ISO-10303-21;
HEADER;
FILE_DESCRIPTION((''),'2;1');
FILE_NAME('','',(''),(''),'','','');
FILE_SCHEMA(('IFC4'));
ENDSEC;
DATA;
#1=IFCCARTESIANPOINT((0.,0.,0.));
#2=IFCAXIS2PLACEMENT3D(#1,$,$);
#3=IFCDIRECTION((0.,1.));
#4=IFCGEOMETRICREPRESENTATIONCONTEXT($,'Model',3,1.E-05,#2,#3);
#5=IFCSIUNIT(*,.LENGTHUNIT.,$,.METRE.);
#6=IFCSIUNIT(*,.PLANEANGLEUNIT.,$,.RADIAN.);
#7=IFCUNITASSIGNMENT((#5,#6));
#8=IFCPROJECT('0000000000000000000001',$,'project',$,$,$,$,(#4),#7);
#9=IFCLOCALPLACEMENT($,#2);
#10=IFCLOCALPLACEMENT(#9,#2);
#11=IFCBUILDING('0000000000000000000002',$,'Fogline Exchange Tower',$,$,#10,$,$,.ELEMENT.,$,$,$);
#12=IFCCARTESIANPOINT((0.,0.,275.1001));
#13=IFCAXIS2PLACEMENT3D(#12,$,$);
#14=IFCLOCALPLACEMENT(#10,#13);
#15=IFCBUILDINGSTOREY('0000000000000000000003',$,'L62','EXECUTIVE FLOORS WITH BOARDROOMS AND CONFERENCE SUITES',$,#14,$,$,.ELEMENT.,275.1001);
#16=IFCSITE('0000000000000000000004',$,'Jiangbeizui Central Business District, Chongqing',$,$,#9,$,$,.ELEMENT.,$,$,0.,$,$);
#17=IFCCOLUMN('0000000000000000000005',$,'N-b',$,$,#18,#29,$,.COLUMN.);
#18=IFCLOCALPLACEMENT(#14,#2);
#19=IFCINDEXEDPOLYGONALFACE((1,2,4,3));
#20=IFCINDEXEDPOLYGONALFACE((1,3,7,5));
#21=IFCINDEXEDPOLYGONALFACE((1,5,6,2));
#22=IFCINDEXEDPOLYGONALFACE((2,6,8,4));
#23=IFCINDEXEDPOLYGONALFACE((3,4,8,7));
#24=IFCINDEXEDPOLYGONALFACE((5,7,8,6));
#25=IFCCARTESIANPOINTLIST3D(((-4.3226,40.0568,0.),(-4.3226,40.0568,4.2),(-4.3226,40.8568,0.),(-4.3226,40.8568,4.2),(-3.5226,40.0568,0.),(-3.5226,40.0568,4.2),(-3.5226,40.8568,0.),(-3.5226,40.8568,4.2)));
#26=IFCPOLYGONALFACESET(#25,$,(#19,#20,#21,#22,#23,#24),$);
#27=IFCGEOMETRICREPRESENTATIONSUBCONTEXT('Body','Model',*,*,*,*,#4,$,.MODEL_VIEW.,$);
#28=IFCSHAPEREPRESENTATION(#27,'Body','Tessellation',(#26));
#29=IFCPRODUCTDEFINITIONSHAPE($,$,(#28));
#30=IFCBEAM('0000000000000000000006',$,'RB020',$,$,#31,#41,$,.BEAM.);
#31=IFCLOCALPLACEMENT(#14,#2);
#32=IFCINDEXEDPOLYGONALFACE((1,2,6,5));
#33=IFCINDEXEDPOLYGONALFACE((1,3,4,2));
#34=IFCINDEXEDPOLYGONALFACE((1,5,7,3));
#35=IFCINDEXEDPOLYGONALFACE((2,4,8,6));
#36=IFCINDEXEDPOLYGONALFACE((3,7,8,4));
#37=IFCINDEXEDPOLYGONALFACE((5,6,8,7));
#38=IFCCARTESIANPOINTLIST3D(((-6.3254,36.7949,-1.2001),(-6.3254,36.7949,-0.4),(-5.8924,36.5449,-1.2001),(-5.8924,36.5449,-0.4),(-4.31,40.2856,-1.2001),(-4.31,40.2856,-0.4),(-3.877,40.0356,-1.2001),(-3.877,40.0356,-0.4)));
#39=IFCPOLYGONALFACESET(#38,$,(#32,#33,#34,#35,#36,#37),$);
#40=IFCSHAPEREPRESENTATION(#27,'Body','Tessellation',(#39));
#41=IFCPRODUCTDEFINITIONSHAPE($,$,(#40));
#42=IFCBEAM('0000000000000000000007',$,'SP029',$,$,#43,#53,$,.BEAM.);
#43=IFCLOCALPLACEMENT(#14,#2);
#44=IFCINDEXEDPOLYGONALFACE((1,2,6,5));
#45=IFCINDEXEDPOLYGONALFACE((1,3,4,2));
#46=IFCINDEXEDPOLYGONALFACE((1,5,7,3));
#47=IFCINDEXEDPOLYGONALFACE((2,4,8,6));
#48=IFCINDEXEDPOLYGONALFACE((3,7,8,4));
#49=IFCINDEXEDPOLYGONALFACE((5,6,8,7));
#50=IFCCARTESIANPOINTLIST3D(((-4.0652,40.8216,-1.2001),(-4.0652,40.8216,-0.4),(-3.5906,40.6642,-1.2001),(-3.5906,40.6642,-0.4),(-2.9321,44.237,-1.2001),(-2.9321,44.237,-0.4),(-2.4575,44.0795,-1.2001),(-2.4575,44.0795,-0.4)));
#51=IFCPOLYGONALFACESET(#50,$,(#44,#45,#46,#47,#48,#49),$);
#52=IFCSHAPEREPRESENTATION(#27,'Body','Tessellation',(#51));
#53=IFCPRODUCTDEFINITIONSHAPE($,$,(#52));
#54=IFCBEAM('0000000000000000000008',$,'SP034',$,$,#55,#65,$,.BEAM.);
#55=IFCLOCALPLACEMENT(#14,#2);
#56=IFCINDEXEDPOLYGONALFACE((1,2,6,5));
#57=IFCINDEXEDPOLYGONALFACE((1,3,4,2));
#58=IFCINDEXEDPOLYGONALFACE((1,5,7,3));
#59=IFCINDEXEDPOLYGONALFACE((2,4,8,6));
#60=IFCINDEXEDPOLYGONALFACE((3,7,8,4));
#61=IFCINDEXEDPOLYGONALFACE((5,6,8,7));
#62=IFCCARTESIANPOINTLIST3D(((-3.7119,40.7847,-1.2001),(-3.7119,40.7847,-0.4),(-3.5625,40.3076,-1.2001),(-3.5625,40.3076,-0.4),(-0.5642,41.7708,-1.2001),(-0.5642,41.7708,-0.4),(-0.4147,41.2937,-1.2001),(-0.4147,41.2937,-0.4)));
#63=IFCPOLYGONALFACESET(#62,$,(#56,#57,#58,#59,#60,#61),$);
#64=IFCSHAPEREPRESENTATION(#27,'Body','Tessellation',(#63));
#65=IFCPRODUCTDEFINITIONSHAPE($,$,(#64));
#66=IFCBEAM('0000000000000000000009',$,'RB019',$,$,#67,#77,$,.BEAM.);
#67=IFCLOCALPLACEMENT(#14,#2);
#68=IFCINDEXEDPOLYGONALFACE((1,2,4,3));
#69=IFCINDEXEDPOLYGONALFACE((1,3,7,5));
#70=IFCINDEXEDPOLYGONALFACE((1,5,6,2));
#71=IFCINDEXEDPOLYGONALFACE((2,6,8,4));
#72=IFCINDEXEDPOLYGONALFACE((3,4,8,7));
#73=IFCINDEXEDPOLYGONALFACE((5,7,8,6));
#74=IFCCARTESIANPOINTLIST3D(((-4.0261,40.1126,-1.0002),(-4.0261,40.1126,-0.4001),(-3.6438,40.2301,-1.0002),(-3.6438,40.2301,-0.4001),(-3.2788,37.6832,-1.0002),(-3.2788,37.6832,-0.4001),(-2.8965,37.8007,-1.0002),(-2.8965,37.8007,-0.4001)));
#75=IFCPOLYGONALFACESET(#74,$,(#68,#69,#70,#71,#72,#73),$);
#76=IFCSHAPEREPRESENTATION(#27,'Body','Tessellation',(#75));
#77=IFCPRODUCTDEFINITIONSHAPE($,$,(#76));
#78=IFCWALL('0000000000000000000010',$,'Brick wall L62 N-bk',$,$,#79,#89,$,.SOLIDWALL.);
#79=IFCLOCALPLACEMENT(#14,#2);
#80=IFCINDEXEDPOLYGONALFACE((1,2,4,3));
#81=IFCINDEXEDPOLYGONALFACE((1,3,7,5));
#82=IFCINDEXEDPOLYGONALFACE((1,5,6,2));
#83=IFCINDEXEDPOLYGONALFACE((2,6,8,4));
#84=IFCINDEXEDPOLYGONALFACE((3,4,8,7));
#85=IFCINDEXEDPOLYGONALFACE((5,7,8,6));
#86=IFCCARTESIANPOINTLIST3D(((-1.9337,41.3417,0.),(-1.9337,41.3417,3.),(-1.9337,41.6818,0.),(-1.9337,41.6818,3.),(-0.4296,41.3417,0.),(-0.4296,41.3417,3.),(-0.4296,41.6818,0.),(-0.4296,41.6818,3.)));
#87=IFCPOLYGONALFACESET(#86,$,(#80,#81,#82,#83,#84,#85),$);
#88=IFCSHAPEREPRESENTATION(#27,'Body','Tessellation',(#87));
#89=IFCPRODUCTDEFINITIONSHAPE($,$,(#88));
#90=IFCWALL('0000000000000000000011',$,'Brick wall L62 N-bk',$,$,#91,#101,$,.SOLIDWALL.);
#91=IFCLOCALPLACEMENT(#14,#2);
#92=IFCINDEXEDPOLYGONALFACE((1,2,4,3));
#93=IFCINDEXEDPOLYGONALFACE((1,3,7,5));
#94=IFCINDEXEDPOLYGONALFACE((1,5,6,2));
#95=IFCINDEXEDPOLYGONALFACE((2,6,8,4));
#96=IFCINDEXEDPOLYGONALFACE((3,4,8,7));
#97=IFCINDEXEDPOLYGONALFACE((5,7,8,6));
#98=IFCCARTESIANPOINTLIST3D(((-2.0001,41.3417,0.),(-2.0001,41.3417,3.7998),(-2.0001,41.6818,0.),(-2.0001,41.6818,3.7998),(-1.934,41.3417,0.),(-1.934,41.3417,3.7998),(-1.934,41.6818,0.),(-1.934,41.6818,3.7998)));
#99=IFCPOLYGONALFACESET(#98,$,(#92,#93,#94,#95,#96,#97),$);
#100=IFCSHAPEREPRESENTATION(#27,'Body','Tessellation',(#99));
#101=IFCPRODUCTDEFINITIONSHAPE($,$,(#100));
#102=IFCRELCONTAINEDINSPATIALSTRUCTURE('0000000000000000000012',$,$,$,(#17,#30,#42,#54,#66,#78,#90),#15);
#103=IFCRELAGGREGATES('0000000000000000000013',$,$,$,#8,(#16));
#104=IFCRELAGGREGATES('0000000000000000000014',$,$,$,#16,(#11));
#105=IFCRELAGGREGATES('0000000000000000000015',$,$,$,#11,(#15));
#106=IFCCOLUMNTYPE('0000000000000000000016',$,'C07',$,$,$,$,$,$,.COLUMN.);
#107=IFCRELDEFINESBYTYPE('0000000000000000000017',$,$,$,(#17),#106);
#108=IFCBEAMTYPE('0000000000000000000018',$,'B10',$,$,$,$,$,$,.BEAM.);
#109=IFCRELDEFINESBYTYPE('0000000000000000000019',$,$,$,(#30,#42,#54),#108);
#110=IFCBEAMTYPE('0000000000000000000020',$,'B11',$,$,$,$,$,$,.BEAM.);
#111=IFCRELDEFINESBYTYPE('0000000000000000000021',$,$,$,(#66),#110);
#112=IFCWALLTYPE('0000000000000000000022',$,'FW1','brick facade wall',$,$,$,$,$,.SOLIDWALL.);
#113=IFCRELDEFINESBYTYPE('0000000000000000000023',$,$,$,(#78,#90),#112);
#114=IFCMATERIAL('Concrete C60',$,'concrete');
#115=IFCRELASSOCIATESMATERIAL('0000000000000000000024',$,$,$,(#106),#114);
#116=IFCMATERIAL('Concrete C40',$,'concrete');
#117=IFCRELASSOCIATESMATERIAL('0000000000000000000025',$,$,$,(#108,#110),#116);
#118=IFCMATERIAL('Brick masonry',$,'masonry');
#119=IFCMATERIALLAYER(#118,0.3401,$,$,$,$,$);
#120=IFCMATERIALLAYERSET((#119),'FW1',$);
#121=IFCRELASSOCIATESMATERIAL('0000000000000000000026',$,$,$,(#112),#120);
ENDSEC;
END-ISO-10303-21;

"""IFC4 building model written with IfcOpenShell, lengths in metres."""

from ifc_helpers import new_model, si_unit, direction, frame, frame_2d, origin, origin_2d, place, context, subcontext, project, spatial, rectangle, extrude, material, layer, layer_set, material_profile, profile_set, type_object, element, save


model = new_model("IFC4")

# Units and contexts
model_context = context("Model", 3, precision=1e-05, world=origin(), true_north=direction((0.0, 1.0)))
body_context = subcontext(model_context, "Body", "Model", "MODEL_VIEW")
ifc_project = project(units=[si_unit("LENGTHUNIT", "METRE"), si_unit("PLANEANGLEUNIT", "RADIAN")], contexts=[model_context])

# Site, building, storey
site_placement = place(None, origin())
site = spatial("IfcSite", under=ifc_project, at=site_placement, Name="Jiangbeizui Central Business District, Chongqing", CompositionType="ELEMENT", RefElevation=0.0)
building_placement = place(site_placement, origin())
building = spatial("IfcBuilding", under=site, at=building_placement, Name="Fogline Exchange Tower", CompositionType="ELEMENT")
storey_placement = place(building_placement, frame((0.0, 0.0, 275.1001)))
storey = spatial("IfcBuildingStorey", under=building, at=storey_placement, Name="L62", Description="EXECUTIVE FLOORS WITH BOARDROOMS AND CONFERENCE SUITES", CompositionType="ELEMENT", Elevation=275.1001)

# Column
ifc_material_1 = material(Name="Concrete C60", Category="concrete")
ifc_material_profile_1 = material_profile(ifc_material_1, rectangle(XDim=0.8, YDim=0.8, at=origin_2d()), Name="RC 800x800")
ifc_profile_set_1 = profile_set([ifc_material_profile_1], Name="Concrete C60")
column_type = type_object("IfcColumnType", Name="C07", PredefinedType="COLUMN", material=ifc_profile_set_1)
column_placement = place(storey_placement, frame((-3.9226, 40.4568, 0.0), z_axis=(0.0, 0.0, 1.0), x_axis=(1.0, 0.0, 0.0)))
element("IfcColumn", 1, at=column_placement, inside=storey, type_object=column_type, Name="N-b", PredefinedType="COLUMN", context=body_context, shape_type="SweptSolid", body=[
    extrude(rectangle(XDim=0.8, YDim=0.8, at=origin_2d()), origin(), (0.0, 0.0, 1.0), 4.2),
])

# Beams
ifc_material_2 = material(Name="Concrete C40", Category="concrete")
ifc_material_profile_2 = material_profile(ifc_material_2, rectangle(XDim=0.5, YDim=0.8, at=origin_2d()), Name="RC 500x800")
ifc_profile_set_2 = profile_set([ifc_material_profile_2], Name="Concrete C40")
beam_type_1 = type_object("IfcBeamType", Name="B10", PredefinedType="BEAM", material=ifc_profile_set_2)
beam_1_placement = place(storey_placement, frame((-4.0935, 40.1606, -0.8), z_axis=(-0.500002, -0.866024, 0.0), x_axis=(0.866024, -0.500002, 0.0)))
element("IfcBeam", 2, at=beam_1_placement, inside=storey, type_object=beam_type_1, Name="RB020", PredefinedType="BEAM", context=body_context, shape_type="SweptSolid", body=[
    extrude(rectangle(XDim=0.5, YDim=0.8, at=origin_2d()), origin(), (0.0, 0.0, 1.0), 4.0308),
])
beam_2_placement = place(storey_placement, frame((-3.8279, 40.7429, -0.8), z_axis=(0.314884, 0.94913, 0.0), x_axis=(-0.94913, 0.314884, 0.0)))
element("IfcBeam", 3, at=beam_2_placement, inside=storey, type_object=beam_type_1, Name="SP029", PredefinedType="BEAM", context=body_context, shape_type="SweptSolid", body=[
    extrude(rectangle(XDim=0.5, YDim=0.8, at=origin_2d()), origin(), (0.0, 0.0, 1.0), 3.5984),
])
beam_3_placement = place(storey_placement, frame((-3.6372, 40.5461, -0.8), z_axis=(0.95427, 0.298945, 0.0), x_axis=(-0.298945, 0.95427, 0.0)))
element("IfcBeam", 4, at=beam_3_placement, inside=storey, type_object=beam_type_1, Name="SP034", PredefinedType="BEAM", context=body_context, shape_type="SweptSolid", body=[
    extrude(rectangle(XDim=0.5, YDim=0.8, at=origin_2d()), origin(), (0.0, 0.0, 1.0), 3.2986),
])
ifc_material_profile_3 = material_profile(ifc_material_2, rectangle(XDim=0.3999, YDim=0.6001, at=origin_2d()), Name="RC 400x600")
ifc_profile_set_3 = profile_set([ifc_material_profile_3], Name="Concrete C40")
beam_type_2 = type_object("IfcBeamType", Name="B11", PredefinedType="BEAM", material=ifc_profile_set_3)
beam_4_placement = place(storey_placement, frame((-3.0876, 37.7419, -0.7002), z_axis=(-0.294012, 0.955802, 0.0), x_axis=(-0.955802, -0.294012, 0.0)))
element("IfcBeam", 5, at=beam_4_placement, inside=storey, type_object=beam_type_2, Name="RB019", PredefinedType="BEAM", context=body_context, shape_type="SweptSolid", body=[
    extrude(rectangle(XDim=0.3999, YDim=0.6001, at=origin_2d()), origin(), (0.0, 0.0, 1.0), 2.5417),
])

# Walls
ifc_material_3 = material(Name="Brick masonry", Category="masonry")
ifc_layer = layer(ifc_material_3, 0.3401)
ifc_layer_set = layer_set([ifc_layer], Name="FW1")
wall_type = type_object("IfcWallType", Name="FW1", Description="brick facade wall", PredefinedType="SOLIDWALL", material=ifc_layer_set)
wall_1_placement = place(storey_placement, frame((-0.4297, 41.5117, 0.0), z_axis=(0.0, 0.0, 1.0), x_axis=(-1.0, 0.0, 0.0)))
element("IfcWall", 6, at=wall_1_placement, inside=storey, type_object=wall_type, Name="Brick wall L62 N-bk", PredefinedType="SOLIDWALL", context=body_context, shape_type="SweptSolid", body=[
    extrude(rectangle(XDim=1.5042, YDim=0.3401, at=frame_2d((0.752, 0.0))), origin(), (0.0, 0.0, 1.0), 3.0),
])
wall_2_placement = place(storey_placement, frame((-1.9338, 41.5117, 0.0), z_axis=(0.0, 0.0, 1.0), x_axis=(-1.0, 0.0, 0.0)))
element("IfcWall", 7, at=wall_2_placement, inside=storey, type_object=wall_type, Name="Brick wall L62 N-bk", PredefinedType="SOLIDWALL", context=body_context, shape_type="SweptSolid", body=[
    extrude(rectangle(XDim=0.0662, YDim=0.3401, at=frame_2d((0.0332, 0.0))), origin(), (0.0, 0.0, 1.0), 3.7998),
])

save(model, "model.ifc")
